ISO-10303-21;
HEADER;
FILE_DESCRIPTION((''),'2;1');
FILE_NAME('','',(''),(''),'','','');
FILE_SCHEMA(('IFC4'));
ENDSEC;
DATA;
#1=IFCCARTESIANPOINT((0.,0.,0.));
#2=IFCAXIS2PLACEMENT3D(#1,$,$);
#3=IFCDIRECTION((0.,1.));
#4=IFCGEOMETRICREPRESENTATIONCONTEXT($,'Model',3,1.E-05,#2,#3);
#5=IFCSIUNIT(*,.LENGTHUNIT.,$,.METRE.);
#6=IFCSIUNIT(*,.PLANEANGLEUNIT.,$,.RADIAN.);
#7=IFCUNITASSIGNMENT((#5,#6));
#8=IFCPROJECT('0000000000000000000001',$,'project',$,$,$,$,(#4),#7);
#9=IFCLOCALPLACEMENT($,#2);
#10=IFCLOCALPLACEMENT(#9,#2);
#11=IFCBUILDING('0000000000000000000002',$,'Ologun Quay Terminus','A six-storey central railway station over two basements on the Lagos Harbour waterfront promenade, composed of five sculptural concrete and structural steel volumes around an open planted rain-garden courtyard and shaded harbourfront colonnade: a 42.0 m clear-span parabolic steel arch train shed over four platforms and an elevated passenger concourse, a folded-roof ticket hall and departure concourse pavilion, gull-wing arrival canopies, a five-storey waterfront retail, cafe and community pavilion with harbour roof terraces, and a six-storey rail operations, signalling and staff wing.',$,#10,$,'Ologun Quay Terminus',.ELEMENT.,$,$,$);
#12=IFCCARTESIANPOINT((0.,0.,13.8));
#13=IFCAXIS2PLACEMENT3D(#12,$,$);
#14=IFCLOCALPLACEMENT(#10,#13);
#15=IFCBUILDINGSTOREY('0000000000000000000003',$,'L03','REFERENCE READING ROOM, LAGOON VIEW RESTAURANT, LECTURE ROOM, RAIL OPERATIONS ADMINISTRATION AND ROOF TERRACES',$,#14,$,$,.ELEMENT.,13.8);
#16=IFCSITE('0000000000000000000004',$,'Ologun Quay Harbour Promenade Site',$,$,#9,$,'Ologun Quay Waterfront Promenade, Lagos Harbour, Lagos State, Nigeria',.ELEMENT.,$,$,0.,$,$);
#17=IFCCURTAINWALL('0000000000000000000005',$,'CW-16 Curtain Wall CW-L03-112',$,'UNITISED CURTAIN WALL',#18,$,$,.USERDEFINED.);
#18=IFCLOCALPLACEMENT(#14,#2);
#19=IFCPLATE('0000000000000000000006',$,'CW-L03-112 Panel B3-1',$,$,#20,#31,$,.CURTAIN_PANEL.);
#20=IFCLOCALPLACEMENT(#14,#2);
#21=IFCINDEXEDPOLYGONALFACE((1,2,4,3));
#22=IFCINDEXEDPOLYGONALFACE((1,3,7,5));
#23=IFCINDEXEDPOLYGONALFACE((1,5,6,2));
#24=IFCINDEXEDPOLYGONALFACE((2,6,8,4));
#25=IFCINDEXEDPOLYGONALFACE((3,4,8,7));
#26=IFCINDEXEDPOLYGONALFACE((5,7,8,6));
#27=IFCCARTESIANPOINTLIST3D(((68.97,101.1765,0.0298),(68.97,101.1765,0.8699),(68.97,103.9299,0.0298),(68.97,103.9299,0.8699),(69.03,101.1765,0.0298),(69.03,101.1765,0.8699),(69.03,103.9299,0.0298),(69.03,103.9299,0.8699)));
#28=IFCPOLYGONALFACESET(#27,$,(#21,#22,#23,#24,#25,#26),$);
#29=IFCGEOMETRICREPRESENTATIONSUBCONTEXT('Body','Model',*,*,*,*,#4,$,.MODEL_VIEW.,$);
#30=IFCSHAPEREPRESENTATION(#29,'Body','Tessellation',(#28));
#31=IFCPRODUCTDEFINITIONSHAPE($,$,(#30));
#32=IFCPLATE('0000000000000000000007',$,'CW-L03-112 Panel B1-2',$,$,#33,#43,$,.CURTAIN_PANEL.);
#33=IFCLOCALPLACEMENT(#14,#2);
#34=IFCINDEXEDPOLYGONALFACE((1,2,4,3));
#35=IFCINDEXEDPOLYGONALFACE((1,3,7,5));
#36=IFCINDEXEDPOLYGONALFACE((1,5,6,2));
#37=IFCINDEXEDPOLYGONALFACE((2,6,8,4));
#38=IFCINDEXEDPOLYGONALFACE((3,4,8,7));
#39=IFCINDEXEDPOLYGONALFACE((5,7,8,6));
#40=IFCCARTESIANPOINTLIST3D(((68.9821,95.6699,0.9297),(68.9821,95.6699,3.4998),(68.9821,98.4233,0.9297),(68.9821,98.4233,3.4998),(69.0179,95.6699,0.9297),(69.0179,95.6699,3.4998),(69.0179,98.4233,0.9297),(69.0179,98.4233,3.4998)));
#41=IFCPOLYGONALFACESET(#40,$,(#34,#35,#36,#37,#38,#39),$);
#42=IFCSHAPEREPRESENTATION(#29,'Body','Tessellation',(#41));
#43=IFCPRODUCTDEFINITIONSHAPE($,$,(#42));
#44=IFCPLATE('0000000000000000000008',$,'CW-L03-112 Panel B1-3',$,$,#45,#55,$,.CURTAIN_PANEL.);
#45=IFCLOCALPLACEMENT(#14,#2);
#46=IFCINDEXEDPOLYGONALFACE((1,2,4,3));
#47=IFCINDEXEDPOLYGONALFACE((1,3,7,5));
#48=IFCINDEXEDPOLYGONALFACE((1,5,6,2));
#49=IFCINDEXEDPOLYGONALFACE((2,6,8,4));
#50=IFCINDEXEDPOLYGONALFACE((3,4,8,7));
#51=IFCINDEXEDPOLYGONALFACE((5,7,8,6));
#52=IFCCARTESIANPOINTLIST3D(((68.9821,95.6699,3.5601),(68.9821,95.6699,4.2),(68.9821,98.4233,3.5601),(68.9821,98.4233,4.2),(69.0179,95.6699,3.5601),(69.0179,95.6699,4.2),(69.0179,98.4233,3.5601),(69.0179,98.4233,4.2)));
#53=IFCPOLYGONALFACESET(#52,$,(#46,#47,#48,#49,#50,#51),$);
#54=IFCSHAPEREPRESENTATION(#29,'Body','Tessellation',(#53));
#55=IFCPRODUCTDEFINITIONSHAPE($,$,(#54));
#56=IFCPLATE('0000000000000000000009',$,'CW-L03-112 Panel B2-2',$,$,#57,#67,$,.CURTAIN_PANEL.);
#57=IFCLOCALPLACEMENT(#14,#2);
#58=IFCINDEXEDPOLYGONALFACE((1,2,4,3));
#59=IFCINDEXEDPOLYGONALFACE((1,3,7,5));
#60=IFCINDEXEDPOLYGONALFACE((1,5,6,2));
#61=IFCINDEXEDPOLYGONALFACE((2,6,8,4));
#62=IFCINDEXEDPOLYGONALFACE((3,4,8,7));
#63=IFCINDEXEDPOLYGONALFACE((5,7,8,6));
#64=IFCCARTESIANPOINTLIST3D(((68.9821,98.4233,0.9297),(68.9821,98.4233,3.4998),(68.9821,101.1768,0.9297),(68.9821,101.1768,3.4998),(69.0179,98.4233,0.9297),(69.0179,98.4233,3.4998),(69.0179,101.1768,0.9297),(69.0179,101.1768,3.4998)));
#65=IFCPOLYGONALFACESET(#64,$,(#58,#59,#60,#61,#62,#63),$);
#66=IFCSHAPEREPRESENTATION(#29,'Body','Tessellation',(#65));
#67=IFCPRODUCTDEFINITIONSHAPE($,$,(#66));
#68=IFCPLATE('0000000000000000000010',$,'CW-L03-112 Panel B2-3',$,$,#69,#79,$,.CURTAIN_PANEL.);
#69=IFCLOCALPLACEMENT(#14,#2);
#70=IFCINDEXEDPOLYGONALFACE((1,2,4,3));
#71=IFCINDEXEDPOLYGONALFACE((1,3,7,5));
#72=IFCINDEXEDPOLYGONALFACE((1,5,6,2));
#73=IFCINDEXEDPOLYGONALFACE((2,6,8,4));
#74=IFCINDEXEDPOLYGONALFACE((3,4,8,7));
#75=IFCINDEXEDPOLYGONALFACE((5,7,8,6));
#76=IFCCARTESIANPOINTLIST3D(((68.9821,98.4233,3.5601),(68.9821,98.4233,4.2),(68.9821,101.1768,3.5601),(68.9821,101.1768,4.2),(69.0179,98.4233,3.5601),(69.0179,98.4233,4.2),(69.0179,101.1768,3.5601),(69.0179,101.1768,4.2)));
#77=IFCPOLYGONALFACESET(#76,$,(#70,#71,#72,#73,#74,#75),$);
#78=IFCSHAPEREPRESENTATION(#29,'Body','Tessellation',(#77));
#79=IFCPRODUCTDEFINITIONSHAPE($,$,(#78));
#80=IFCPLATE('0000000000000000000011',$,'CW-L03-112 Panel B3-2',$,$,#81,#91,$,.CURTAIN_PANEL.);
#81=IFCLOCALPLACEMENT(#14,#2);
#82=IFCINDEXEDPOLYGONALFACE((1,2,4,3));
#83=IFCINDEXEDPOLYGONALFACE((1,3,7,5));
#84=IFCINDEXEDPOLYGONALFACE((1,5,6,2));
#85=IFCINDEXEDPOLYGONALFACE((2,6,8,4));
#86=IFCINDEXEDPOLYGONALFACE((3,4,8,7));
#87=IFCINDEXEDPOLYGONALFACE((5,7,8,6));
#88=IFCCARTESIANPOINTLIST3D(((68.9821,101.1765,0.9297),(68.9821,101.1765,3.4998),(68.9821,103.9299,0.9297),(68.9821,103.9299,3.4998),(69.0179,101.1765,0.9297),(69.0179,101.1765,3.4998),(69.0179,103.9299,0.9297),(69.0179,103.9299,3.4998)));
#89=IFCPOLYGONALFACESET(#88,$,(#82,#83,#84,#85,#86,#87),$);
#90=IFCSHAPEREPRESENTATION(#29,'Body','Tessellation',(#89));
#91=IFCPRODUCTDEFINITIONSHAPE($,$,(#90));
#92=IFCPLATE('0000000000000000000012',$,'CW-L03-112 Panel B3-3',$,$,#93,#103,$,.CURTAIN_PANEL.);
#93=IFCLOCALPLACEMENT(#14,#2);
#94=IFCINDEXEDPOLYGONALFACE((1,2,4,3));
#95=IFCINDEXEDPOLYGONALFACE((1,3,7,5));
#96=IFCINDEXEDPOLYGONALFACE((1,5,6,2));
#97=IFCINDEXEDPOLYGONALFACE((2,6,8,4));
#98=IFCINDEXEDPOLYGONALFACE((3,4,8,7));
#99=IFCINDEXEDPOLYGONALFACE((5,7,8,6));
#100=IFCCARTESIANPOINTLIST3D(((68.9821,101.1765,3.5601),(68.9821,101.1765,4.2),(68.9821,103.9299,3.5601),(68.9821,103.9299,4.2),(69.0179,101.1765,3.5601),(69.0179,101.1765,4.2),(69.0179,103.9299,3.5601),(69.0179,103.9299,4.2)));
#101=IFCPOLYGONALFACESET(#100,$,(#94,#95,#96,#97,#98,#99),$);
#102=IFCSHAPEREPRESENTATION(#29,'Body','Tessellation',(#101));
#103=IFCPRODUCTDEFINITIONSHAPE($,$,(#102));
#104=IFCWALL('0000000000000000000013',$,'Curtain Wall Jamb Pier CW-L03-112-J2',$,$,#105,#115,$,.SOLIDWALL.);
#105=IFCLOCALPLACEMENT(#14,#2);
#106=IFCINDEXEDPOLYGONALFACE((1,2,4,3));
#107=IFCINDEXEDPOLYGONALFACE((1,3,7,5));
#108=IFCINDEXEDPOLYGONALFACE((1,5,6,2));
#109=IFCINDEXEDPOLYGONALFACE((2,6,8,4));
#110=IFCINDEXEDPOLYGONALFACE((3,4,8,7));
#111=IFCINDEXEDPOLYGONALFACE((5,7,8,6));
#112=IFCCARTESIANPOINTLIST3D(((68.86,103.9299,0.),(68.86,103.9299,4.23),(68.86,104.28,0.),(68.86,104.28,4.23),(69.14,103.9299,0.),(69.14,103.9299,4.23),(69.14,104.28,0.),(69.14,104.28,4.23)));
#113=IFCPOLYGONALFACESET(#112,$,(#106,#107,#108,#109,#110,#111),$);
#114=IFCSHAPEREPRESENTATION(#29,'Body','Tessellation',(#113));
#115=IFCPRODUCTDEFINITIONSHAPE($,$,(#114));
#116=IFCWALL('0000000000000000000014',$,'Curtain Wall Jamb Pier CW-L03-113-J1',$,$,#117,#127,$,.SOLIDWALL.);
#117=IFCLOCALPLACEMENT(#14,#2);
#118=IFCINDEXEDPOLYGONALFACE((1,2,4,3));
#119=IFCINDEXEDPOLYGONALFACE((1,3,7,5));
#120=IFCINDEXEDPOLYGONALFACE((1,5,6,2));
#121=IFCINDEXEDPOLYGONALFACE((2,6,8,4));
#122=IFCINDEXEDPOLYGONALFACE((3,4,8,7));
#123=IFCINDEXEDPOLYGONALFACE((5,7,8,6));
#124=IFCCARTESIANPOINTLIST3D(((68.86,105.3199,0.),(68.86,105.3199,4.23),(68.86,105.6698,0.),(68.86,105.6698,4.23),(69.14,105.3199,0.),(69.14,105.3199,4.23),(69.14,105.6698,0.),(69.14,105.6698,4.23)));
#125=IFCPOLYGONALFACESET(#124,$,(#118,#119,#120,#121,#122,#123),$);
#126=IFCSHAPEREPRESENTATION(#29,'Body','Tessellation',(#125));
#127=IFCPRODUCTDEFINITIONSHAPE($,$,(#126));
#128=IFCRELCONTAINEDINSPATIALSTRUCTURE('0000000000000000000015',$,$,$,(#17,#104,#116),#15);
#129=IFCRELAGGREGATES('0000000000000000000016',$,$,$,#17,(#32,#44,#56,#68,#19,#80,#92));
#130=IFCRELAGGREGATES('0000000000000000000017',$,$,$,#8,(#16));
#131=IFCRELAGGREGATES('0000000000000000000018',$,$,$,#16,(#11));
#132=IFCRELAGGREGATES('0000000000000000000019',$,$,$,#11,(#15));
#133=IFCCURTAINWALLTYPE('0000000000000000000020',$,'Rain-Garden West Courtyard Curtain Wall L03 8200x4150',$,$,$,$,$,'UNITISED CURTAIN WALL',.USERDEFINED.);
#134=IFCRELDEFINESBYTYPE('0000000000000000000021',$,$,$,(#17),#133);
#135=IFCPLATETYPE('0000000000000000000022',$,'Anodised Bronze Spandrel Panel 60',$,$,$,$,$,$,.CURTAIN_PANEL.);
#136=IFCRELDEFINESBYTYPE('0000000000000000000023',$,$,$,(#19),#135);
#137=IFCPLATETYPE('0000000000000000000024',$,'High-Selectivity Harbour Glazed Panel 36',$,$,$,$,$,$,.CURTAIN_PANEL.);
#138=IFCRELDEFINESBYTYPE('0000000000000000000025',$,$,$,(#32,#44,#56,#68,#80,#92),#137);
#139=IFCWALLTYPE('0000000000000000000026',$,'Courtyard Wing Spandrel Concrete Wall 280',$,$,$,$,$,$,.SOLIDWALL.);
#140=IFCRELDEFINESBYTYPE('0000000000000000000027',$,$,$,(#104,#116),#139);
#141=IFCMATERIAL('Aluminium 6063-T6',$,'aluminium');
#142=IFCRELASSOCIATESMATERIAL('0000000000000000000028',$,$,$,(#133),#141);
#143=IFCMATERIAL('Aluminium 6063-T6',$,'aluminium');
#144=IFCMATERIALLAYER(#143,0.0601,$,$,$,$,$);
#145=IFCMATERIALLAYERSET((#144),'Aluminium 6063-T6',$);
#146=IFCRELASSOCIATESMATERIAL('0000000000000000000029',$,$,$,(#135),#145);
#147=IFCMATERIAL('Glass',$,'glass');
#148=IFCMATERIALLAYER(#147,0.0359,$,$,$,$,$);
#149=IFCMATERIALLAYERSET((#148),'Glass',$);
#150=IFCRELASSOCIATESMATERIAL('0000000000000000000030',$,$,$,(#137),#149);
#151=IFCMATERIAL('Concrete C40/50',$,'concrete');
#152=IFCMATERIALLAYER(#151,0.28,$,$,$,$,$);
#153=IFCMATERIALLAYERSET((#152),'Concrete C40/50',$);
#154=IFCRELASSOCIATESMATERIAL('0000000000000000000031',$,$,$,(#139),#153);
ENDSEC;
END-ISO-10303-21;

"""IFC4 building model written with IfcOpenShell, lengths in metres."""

from ifc_helpers import new_model, si_unit, direction, frame, frame_2d, origin, origin_2d, place, context, subcontext, project, spatial, rectangle, extrude, material, layer, layer_set, type_object, element, aggregate, save


model = new_model("IFC4")

# Units and contexts
model_context = context("Model", 3, precision=1e-05, world=origin(), true_north=direction((0.0, 1.0)))
body_context = subcontext(model_context, "Body", "Model", "MODEL_VIEW")
ifc_project = project(units=[si_unit("LENGTHUNIT", "METRE"), si_unit("PLANEANGLEUNIT", "RADIAN")], contexts=[model_context])

# Site, building, storey
site_placement = place(None, origin())
site = spatial("IfcSite", under=ifc_project, at=site_placement, Name="Ologun Quay Harbour Promenade Site", LongName="Ologun Quay Waterfront Promenade, Lagos Harbour, Lagos State, Nigeria", CompositionType="ELEMENT", RefElevation=0.0)
building_placement = place(site_placement, origin())
building = spatial("IfcBuilding", under=site, at=building_placement, Name="Ologun Quay Terminus", Description="A six-storey central railway station over two basements on the Lagos Harbour waterfront promenade, composed of five sculptural concrete and structural steel volumes around an open planted rain-garden courtyard and shaded harbourfront colonnade: a 42.0 m clear-span parabolic steel arch train shed over four platforms and an elevated passenger concourse, a folded-roof ticket hall and departure concourse pavilion, gull-wing arrival canopies, a five-storey waterfront retail, cafe and community pavilion with harbour roof terraces, and a six-storey rail operations, signalling and staff wing.", LongName="Ologun Quay Terminus", CompositionType="ELEMENT")
storey_placement = place(building_placement, frame((0.0, 0.0, 13.8)))
storey = spatial("IfcBuildingStorey", under=building, at=storey_placement, Name="L03", Description="REFERENCE READING ROOM, LAGOON VIEW RESTAURANT, LECTURE ROOM, RAIL OPERATIONS ADMINISTRATION AND ROOF TERRACES", CompositionType="ELEMENT", Elevation=13.8)

# Curtain wall
ifc_material_1 = material(Name="Aluminium 6063-T6", Category="aluminium")
curtain_wall_type = type_object("IfcCurtainWallType", Name="Rain-Garden West Courtyard Curtain Wall L03 8200x4150", ElementType="UNITISED CURTAIN WALL", PredefinedType="USERDEFINED", material=ifc_material_1)
curtain_wall_placement = place(storey_placement, origin())
curtain_wall = element("IfcCurtainWall", 1, at=curtain_wall_placement, inside=storey, type_object=curtain_wall_type, Name="CW-16 Curtain Wall CW-L03-112", ObjectType="UNITISED CURTAIN WALL", PredefinedType="USERDEFINED")

# Plates
ifc_material_2 = material(Name="Aluminium 6063-T6", Category="aluminium")
ifc_layer_1 = layer(ifc_material_2, 0.0601)
ifc_layer_set_1 = layer_set([ifc_layer_1], Name="Aluminium 6063-T6")
plate_type_1 = type_object("IfcPlateType", Name="Anodised Bronze Spandrel Panel 60", PredefinedType="CURTAIN_PANEL", material=ifc_layer_set_1)
plate_1_placement = place(storey_placement, frame((69.0, 102.5532, 0.0298), z_axis=(0.0, 0.0, 1.0), x_axis=(0.0, 1.0, 0.0)))
plate_1 = element("IfcPlate", 2, at=plate_1_placement, type_object=plate_type_1, Name="CW-L03-112 Panel B3-1", PredefinedType="CURTAIN_PANEL", context=body_context, shape_type="SweptSolid", body=[
    extrude(rectangle(XDim=2.7534, YDim=0.0601, at=origin_2d()), origin(), (0.0, 0.0, 1.0), 0.8401),
])
ifc_material_3 = material(Name="Glass", Category="glass")
ifc_layer_2 = layer(ifc_material_3, 0.0359)
ifc_layer_set_2 = layer_set([ifc_layer_2], Name="Glass")
plate_type_2 = type_object("IfcPlateType", Name="High-Selectivity Harbour Glazed Panel 36", PredefinedType="CURTAIN_PANEL", material=ifc_layer_set_2)
plate_2_placement = place(storey_placement, frame((69.0, 97.0466, 0.9297), z_axis=(0.0, 0.0, 1.0), x_axis=(0.0, 1.0, 0.0)))
plate_2 = element("IfcPlate", 3, at=plate_2_placement, type_object=plate_type_2, Name="CW-L03-112 Panel B1-2", PredefinedType="CURTAIN_PANEL", context=body_context, shape_type="SweptSolid", body=[
    extrude(rectangle(XDim=2.7534, YDim=0.0359, at=origin_2d()), origin(), (0.0, 0.0, 1.0), 2.5701),
])
plate_3_placement = place(storey_placement, frame((69.0, 97.0466, 3.5601), z_axis=(0.0, 0.0, 1.0), x_axis=(0.0, 1.0, 0.0)))
plate_3 = element("IfcPlate", 4, at=plate_3_placement, type_object=plate_type_2, Name="CW-L03-112 Panel B1-3", PredefinedType="CURTAIN_PANEL", context=body_context, shape_type="SweptSolid", body=[
    extrude(rectangle(XDim=2.7534, YDim=0.0359, at=origin_2d()), origin(), (0.0, 0.0, 1.0), 0.6399),
])
plate_4_placement = place(storey_placement, frame((69.0, 99.8, 0.9297), z_axis=(0.0, 0.0, 1.0), x_axis=(0.0, 1.0, 0.0)))
plate_4 = element("IfcPlate", 5, at=plate_4_placement, type_object=plate_type_2, Name="CW-L03-112 Panel B2-2", PredefinedType="CURTAIN_PANEL", context=body_context, shape_type="SweptSolid", body=[
    extrude(rectangle(XDim=2.7534, YDim=0.0359, at=origin_2d()), origin(), (0.0, 0.0, 1.0), 2.5701),
])
plate_5_placement = place(storey_placement, frame((69.0, 99.8, 3.5601), z_axis=(0.0, 0.0, 1.0), x_axis=(0.0, 1.0, 0.0)))
plate_5 = element("IfcPlate", 6, at=plate_5_placement, type_object=plate_type_2, Name="CW-L03-112 Panel B2-3", PredefinedType="CURTAIN_PANEL", context=body_context, shape_type="SweptSolid", body=[
    extrude(rectangle(XDim=2.7534, YDim=0.0359, at=origin_2d()), origin(), (0.0, 0.0, 1.0), 0.6399),
])
plate_6_placement = place(storey_placement, frame((69.0, 102.5532, 0.9297), z_axis=(0.0, 0.0, 1.0), x_axis=(0.0, 1.0, 0.0)))
plate_6 = element("IfcPlate", 7, at=plate_6_placement, type_object=plate_type_2, Name="CW-L03-112 Panel B3-2", PredefinedType="CURTAIN_PANEL", context=body_context, shape_type="SweptSolid", body=[
    extrude(rectangle(XDim=2.7534, YDim=0.0359, at=origin_2d()), origin(), (0.0, 0.0, 1.0), 2.5701),
])
plate_7_placement = place(storey_placement, frame((69.0, 102.5532, 3.5601), z_axis=(0.0, 0.0, 1.0), x_axis=(0.0, 1.0, 0.0)))
plate_7 = element("IfcPlate", 8, at=plate_7_placement, type_object=plate_type_2, Name="CW-L03-112 Panel B3-3", PredefinedType="CURTAIN_PANEL", context=body_context, shape_type="SweptSolid", body=[
    extrude(rectangle(XDim=2.7534, YDim=0.0359, at=origin_2d()), origin(), (0.0, 0.0, 1.0), 0.6399),
])
aggregate(curtain_wall, [plate_2, plate_3, plate_4, plate_5, plate_1, plate_6, plate_7])

# Walls
ifc_material_4 = material(Name="Concrete C40/50", Category="concrete")
ifc_layer_3 = layer(ifc_material_4, 0.28)
ifc_layer_set_3 = layer_set([ifc_layer_3], Name="Concrete C40/50")
wall_type = type_object("IfcWallType", Name="Courtyard Wing Spandrel Concrete Wall 280", PredefinedType="SOLIDWALL", material=ifc_layer_set_3)
wall_1_placement = place(storey_placement, frame((69.0, 103.9299, 0.0), z_axis=(0.0, 0.0, 1.0), x_axis=(0.0, 1.0, 0.0)))
element("IfcWall", 9, at=wall_1_placement, inside=storey, type_object=wall_type, Name="Curtain Wall Jamb Pier CW-L03-112-J2", PredefinedType="SOLIDWALL", context=body_context, shape_type="SweptSolid", body=[
    extrude(rectangle(XDim=0.3501, YDim=0.28, at=frame_2d((0.175, 0.0))), origin(), (0.0, 0.0, 1.0), 4.23),
])
wall_2_placement = place(storey_placement, frame((69.0, 105.3201, 0.0), z_axis=(0.0, 0.0, 1.0), x_axis=(0.0, 1.0, 0.0)))
element("IfcWall", 10, at=wall_2_placement, inside=storey, type_object=wall_type, Name="Curtain Wall Jamb Pier CW-L03-113-J1", PredefinedType="SOLIDWALL", context=body_context, shape_type="SweptSolid", body=[
    extrude(rectangle(XDim=0.3499, YDim=0.28, at=frame_2d((0.1748, 0.0))), origin(), (0.0, 0.0, 1.0), 4.23),
])

save(model, "model.ifc")
